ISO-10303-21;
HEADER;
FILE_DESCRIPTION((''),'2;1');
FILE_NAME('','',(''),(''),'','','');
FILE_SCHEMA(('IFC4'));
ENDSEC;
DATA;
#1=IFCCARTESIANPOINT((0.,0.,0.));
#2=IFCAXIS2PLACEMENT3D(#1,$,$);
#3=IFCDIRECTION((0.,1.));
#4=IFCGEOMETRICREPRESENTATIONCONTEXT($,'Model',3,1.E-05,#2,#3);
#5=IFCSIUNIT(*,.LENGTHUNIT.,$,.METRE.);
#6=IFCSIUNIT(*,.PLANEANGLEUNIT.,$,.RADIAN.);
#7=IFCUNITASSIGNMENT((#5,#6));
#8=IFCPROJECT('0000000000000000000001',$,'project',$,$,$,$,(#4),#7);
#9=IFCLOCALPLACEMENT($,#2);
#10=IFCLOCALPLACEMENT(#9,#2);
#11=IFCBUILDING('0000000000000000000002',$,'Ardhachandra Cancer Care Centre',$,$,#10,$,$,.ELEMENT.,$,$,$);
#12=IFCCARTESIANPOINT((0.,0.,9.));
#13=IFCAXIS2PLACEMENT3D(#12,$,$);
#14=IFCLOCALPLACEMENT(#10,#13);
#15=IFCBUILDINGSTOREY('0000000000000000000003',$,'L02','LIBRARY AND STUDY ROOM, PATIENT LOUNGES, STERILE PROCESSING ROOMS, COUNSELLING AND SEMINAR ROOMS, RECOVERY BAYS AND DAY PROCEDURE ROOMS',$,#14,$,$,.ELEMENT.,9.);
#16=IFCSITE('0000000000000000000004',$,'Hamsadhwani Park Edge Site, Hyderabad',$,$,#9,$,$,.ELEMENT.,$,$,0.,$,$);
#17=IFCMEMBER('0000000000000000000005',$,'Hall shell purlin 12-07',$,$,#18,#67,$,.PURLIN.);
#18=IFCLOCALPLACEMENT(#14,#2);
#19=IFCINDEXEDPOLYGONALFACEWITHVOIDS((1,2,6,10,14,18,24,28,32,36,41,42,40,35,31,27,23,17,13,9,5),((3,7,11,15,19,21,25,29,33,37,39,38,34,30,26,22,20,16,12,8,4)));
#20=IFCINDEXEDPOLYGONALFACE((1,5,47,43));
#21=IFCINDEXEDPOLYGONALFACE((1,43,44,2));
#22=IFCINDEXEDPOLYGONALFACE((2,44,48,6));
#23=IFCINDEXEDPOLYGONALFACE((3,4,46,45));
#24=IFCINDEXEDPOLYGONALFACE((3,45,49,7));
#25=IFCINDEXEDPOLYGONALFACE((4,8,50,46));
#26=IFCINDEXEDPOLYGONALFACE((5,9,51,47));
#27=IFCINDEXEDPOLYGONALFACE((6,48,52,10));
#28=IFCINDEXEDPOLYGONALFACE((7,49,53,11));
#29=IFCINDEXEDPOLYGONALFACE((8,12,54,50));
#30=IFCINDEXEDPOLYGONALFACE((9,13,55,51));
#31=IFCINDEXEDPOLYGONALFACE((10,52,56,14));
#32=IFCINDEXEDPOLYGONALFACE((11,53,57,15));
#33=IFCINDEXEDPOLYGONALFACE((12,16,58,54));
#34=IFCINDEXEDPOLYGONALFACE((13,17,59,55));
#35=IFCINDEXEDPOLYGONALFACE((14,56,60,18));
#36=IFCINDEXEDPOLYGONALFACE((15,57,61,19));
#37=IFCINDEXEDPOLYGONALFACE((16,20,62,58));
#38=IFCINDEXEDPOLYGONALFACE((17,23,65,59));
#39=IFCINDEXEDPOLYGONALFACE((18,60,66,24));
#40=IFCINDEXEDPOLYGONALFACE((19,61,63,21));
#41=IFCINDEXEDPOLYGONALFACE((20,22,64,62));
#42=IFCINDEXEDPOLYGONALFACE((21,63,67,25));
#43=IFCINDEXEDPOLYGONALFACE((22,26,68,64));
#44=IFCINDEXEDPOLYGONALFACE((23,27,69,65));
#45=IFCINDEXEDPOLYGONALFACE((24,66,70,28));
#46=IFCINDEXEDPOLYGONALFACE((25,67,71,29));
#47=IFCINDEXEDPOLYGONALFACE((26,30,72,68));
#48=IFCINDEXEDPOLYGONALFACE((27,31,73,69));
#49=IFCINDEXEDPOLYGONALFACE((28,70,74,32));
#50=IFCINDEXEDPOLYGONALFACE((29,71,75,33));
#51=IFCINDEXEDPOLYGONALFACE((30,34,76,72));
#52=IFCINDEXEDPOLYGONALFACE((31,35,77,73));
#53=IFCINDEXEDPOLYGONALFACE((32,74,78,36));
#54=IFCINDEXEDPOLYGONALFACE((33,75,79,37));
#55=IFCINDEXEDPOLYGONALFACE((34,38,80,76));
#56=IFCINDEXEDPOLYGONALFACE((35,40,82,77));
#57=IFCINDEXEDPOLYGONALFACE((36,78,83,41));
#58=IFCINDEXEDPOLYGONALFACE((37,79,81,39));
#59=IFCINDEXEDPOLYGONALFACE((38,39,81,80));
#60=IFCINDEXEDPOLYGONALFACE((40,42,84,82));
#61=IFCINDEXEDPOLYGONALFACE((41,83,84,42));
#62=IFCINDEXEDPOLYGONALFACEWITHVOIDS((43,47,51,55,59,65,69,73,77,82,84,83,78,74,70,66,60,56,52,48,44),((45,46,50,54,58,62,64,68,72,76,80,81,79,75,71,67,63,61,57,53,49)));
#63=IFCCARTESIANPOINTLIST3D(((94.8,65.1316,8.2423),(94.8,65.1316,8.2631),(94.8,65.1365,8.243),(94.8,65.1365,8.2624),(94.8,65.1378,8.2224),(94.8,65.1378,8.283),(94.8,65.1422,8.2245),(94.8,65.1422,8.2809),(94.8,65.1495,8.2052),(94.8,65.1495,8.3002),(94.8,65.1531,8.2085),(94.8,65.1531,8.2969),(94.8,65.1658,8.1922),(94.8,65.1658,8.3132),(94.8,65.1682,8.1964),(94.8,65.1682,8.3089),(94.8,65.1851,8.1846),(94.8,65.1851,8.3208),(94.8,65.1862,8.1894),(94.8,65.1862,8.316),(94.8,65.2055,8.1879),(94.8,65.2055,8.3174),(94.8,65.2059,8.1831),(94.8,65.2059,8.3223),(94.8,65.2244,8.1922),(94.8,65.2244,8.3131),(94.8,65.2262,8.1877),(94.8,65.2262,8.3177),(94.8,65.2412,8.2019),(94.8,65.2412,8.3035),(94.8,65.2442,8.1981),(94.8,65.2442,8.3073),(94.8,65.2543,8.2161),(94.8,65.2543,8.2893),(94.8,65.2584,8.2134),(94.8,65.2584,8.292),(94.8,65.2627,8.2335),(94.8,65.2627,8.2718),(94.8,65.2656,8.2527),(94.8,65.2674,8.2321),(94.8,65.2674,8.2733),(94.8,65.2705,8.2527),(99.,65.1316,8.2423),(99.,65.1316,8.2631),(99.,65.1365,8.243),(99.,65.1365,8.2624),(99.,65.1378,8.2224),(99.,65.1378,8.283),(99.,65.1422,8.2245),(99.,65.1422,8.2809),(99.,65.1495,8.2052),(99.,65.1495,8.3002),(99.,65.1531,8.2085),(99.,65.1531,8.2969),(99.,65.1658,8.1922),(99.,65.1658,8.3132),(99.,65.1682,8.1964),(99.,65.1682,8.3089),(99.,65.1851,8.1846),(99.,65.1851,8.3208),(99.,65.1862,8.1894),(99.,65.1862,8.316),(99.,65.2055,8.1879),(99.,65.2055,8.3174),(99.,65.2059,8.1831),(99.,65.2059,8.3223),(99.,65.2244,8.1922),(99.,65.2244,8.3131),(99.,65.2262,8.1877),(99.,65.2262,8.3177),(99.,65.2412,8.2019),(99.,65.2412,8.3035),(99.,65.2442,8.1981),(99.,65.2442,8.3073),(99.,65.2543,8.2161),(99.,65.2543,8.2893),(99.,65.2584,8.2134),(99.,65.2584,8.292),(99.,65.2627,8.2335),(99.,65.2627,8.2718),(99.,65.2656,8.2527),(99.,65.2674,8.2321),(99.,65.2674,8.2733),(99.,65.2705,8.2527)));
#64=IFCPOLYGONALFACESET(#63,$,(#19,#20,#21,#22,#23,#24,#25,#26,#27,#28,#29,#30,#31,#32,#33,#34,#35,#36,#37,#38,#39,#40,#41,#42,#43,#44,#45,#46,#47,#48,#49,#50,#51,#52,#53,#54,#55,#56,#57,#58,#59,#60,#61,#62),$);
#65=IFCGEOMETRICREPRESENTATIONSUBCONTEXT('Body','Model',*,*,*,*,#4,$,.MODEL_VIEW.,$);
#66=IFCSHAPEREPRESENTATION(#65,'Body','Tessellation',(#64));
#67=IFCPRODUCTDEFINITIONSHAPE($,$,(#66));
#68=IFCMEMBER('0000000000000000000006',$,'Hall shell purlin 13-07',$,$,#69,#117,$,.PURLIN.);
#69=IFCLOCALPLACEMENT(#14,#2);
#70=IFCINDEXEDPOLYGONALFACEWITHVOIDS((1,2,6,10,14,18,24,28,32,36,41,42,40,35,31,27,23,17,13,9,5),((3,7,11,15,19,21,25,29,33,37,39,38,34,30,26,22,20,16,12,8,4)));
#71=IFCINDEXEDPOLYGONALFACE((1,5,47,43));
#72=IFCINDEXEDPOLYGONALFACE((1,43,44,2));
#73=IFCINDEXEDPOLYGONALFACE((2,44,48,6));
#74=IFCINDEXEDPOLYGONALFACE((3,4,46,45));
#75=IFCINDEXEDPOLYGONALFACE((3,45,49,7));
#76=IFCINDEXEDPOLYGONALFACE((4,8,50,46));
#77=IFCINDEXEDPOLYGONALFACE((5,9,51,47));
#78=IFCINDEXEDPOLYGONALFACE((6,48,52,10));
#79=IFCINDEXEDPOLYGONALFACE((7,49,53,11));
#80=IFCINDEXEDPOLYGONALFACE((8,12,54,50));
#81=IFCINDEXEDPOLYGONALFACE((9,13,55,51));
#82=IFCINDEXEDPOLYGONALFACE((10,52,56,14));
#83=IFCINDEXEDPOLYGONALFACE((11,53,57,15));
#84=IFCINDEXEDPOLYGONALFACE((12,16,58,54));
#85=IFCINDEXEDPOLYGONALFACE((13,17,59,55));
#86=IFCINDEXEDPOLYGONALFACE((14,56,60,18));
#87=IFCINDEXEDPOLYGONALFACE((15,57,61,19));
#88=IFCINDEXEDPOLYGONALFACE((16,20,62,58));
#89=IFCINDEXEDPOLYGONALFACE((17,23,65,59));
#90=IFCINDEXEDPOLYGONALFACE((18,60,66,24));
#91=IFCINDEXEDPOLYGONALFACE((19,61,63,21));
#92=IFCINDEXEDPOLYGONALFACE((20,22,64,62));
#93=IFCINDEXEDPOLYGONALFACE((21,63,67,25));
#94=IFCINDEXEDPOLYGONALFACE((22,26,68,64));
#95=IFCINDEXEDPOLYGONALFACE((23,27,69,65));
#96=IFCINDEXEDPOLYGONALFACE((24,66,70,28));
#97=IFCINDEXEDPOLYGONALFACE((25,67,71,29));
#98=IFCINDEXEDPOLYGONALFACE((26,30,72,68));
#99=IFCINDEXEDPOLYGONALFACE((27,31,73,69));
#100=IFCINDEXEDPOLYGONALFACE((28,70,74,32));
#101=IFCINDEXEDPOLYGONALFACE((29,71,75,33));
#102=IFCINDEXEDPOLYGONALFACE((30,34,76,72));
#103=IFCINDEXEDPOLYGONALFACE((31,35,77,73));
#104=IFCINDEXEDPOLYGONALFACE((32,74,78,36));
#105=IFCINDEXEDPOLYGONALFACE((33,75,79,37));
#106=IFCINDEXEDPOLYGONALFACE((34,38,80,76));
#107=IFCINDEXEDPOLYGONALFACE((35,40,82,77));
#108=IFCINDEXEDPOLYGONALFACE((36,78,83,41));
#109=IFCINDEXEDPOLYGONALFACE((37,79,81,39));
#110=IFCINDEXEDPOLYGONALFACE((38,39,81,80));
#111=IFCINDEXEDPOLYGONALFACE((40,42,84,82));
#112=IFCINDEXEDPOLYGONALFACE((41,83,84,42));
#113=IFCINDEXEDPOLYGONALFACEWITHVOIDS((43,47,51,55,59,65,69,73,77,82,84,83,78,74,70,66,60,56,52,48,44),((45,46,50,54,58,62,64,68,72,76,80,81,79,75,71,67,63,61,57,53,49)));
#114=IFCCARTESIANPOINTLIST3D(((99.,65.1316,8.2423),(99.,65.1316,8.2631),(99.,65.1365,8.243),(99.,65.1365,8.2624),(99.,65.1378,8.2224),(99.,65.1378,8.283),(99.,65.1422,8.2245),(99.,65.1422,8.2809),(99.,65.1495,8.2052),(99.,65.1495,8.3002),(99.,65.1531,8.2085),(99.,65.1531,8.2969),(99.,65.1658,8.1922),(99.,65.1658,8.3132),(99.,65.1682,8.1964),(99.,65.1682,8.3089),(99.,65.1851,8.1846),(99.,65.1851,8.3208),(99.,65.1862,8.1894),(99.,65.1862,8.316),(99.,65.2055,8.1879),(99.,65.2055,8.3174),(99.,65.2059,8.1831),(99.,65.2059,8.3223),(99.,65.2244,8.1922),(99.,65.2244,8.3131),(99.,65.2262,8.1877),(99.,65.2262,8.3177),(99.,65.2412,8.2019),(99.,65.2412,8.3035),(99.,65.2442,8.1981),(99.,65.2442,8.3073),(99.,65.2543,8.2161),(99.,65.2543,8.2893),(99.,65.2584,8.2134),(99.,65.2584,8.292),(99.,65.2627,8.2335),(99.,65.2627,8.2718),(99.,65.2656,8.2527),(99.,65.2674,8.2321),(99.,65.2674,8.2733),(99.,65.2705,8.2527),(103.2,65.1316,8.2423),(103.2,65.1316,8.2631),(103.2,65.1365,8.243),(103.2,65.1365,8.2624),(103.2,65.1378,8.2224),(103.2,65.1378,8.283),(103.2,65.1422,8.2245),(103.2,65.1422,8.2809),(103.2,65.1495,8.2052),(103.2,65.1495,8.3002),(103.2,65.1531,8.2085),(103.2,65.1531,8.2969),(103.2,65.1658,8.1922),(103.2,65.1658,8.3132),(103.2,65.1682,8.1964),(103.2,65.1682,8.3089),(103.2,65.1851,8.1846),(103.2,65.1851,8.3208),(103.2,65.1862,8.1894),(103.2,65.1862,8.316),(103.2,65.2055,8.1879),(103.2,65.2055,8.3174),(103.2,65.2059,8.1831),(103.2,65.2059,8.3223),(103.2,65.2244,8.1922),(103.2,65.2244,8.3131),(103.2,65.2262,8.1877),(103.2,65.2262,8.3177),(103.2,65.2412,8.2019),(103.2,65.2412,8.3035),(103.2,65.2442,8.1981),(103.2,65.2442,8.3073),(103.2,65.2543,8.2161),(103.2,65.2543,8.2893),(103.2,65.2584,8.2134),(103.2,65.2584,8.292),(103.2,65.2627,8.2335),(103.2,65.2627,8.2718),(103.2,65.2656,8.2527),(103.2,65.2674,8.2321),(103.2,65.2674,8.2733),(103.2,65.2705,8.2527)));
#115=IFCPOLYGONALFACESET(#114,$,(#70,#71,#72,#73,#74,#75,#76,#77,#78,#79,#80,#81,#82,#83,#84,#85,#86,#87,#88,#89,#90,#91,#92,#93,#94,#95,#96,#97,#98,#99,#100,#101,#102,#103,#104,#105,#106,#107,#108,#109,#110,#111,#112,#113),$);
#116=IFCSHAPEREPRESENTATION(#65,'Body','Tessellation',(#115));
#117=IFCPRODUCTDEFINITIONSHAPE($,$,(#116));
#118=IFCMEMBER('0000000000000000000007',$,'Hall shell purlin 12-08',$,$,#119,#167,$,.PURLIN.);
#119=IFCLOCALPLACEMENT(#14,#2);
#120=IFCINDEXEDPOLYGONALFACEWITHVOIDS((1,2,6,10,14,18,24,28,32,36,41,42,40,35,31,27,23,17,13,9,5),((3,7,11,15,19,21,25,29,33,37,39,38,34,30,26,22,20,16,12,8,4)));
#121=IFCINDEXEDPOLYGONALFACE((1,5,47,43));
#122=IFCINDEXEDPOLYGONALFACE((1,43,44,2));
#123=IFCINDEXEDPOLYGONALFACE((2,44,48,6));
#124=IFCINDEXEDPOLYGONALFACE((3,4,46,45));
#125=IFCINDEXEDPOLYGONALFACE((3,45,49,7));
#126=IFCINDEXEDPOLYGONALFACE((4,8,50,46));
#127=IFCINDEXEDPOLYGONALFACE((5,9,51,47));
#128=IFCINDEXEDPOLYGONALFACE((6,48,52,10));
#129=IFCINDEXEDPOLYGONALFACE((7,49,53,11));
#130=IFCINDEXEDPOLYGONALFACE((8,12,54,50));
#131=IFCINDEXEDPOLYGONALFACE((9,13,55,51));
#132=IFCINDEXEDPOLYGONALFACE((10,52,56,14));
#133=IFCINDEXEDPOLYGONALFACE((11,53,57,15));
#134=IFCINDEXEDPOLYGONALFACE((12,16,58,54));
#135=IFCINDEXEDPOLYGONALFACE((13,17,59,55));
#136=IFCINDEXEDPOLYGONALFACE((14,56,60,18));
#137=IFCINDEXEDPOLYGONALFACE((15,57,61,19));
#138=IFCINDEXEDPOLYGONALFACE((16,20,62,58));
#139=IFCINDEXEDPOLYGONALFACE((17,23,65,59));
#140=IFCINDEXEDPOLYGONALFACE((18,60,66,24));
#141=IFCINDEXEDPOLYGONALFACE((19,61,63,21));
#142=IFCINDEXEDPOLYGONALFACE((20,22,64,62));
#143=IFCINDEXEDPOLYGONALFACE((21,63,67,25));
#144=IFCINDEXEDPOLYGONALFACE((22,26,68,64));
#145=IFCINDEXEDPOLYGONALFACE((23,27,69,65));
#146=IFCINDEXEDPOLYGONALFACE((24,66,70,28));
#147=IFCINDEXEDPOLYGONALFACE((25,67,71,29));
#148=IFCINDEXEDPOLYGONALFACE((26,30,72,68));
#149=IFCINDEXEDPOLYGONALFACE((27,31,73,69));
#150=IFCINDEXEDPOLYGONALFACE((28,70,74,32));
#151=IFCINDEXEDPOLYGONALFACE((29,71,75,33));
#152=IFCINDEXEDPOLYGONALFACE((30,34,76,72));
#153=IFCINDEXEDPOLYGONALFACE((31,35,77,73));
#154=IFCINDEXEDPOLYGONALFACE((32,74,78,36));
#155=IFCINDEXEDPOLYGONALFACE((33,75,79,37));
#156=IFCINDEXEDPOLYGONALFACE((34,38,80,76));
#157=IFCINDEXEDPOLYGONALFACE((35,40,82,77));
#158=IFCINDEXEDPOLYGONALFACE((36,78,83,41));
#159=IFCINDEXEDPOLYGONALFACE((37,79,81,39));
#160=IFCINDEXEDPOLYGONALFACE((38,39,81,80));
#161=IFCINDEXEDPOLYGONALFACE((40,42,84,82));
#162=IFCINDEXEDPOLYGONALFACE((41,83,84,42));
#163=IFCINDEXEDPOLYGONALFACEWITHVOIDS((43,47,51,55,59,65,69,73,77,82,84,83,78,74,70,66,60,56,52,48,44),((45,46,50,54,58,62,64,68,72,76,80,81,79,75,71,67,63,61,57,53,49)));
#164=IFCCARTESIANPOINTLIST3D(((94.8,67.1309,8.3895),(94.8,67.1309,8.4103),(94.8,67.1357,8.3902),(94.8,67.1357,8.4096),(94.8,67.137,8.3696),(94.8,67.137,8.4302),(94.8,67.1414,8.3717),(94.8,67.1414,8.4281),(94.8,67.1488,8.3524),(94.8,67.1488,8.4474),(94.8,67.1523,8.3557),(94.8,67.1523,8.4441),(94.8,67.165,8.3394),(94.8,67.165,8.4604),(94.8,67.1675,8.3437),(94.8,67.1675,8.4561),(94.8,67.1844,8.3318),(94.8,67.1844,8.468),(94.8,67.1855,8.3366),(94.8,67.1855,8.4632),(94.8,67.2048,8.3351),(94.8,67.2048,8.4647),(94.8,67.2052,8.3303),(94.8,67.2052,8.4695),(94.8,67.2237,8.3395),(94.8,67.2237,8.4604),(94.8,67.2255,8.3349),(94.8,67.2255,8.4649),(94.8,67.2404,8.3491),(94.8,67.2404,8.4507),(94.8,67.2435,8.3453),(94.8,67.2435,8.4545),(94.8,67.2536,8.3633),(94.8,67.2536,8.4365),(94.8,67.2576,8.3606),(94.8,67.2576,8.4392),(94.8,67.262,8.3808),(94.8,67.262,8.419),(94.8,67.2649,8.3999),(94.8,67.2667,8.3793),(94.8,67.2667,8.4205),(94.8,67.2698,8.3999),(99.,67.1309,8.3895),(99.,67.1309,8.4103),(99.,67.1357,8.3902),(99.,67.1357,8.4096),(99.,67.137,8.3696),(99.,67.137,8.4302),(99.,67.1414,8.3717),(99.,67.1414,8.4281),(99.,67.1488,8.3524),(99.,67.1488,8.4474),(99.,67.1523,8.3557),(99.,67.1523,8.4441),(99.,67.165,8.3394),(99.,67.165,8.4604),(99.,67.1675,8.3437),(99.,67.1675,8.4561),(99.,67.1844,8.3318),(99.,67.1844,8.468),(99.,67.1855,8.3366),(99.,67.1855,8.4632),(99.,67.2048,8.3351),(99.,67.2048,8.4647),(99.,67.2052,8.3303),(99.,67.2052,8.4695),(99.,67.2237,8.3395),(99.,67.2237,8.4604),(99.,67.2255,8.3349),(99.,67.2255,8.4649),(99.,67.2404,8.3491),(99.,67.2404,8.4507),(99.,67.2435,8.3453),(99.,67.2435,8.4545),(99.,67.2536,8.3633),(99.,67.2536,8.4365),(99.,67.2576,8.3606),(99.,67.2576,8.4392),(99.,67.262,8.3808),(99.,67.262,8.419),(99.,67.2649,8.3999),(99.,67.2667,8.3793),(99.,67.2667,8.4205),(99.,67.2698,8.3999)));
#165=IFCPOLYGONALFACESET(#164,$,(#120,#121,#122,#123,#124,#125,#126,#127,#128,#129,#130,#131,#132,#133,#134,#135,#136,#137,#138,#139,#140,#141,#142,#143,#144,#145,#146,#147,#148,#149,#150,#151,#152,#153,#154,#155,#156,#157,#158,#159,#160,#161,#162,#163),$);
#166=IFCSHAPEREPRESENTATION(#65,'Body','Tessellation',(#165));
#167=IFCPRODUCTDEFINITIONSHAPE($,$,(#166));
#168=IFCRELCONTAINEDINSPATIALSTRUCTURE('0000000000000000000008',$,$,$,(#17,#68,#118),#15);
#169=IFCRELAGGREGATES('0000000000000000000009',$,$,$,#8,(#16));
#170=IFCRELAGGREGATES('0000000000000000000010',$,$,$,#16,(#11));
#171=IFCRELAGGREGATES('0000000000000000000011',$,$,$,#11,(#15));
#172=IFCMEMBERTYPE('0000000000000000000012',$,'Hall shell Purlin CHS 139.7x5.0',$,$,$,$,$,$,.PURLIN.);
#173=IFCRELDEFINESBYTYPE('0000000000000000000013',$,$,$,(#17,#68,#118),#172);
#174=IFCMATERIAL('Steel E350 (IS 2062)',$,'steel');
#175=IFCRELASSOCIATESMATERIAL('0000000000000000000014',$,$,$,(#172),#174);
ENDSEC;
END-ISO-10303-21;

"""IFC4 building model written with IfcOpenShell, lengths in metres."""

from ifc_helpers import new_model, si_unit, direction, frame, origin, origin_2d, place, context, subcontext, project, spatial, hollow_circle, extrude, material, material_profile, profile_set, type_object, element, save


model = new_model("IFC4")

# Units and contexts
model_context = context("Model", 3, precision=1e-05, world=origin(), true_north=direction((0.0, 1.0)))
body_context = subcontext(model_context, "Body", "Model", "MODEL_VIEW")
ifc_project = project(units=[si_unit("LENGTHUNIT", "METRE"), si_unit("PLANEANGLEUNIT", "RADIAN")], contexts=[model_context])

# Site, building, storey
site_placement = place(None, origin())
site = spatial("IfcSite", under=ifc_project, at=site_placement, Name="Hamsadhwani Park Edge Site, Hyderabad", CompositionType="ELEMENT", RefElevation=0.0)
building_placement = place(site_placement, origin())
building = spatial("IfcBuilding", under=site, at=building_placement, Name="Ardhachandra Cancer Care Centre", CompositionType="ELEMENT")
storey_placement = place(building_placement, frame((0.0, 0.0, 9.0)))
storey = spatial("IfcBuildingStorey", under=building, at=storey_placement, Name="L02", Description="LIBRARY AND STUDY ROOM, PATIENT LOUNGES, STERILE PROCESSING ROOMS, COUNSELLING AND SEMINAR ROOMS, RECOVERY BAYS AND DAY PROCEDURE ROOMS", CompositionType="ELEMENT", Elevation=9.0)

# Members
ifc_material_1 = material(Name="Steel E350 (IS 2062)", Category="steel")
ifc_material_profile_1 = material_profile(ifc_material_1, hollow_circle(Radius=0.0698, WallThickness=0.0049, at=origin_2d()), Name="CHS 139.7x5.0")
ifc_profile_set_1 = profile_set([ifc_material_profile_1], Name="Steel E350 (IS 2062)")
member_type_1 = type_object("IfcMemberType", Name="Hall shell Purlin CHS 139.7x5.0", PredefinedType="PURLIN", material=ifc_profile_set_1)
for number, where, z_axis, x_axis, name in (
    (1, (94.8, 65.2007, 8.2527), (1.0, 0.0, 0.0), (0.0, 1.0, 0.0), "Hall shell purlin 12-07"),
    (2, (99.0, 65.2007, 8.2527), (1.0, 0.0, 0.0), (0.0, 1.0, 0.0), "Hall shell purlin 13-07"),
    (3, (94.8, 67.2, 8.3999), (1.0, 0.0, 0.0), (0.0, 1.0, 0.0), "Hall shell purlin 12-08"),
):
    element("IfcMember", number, at=place(storey_placement, frame(where, z_axis=z_axis, x_axis=x_axis)), inside=storey, type_object=member_type_1, Name=name, PredefinedType="PURLIN", context=body_context, shape_type="SweptSolid", body=[
        extrude(hollow_circle(Radius=0.0698, WallThickness=0.0049, at=origin_2d()), origin(), (0.0, 0.0, 1.0), 4.2),
    ])

save(model, "model.ifc")
